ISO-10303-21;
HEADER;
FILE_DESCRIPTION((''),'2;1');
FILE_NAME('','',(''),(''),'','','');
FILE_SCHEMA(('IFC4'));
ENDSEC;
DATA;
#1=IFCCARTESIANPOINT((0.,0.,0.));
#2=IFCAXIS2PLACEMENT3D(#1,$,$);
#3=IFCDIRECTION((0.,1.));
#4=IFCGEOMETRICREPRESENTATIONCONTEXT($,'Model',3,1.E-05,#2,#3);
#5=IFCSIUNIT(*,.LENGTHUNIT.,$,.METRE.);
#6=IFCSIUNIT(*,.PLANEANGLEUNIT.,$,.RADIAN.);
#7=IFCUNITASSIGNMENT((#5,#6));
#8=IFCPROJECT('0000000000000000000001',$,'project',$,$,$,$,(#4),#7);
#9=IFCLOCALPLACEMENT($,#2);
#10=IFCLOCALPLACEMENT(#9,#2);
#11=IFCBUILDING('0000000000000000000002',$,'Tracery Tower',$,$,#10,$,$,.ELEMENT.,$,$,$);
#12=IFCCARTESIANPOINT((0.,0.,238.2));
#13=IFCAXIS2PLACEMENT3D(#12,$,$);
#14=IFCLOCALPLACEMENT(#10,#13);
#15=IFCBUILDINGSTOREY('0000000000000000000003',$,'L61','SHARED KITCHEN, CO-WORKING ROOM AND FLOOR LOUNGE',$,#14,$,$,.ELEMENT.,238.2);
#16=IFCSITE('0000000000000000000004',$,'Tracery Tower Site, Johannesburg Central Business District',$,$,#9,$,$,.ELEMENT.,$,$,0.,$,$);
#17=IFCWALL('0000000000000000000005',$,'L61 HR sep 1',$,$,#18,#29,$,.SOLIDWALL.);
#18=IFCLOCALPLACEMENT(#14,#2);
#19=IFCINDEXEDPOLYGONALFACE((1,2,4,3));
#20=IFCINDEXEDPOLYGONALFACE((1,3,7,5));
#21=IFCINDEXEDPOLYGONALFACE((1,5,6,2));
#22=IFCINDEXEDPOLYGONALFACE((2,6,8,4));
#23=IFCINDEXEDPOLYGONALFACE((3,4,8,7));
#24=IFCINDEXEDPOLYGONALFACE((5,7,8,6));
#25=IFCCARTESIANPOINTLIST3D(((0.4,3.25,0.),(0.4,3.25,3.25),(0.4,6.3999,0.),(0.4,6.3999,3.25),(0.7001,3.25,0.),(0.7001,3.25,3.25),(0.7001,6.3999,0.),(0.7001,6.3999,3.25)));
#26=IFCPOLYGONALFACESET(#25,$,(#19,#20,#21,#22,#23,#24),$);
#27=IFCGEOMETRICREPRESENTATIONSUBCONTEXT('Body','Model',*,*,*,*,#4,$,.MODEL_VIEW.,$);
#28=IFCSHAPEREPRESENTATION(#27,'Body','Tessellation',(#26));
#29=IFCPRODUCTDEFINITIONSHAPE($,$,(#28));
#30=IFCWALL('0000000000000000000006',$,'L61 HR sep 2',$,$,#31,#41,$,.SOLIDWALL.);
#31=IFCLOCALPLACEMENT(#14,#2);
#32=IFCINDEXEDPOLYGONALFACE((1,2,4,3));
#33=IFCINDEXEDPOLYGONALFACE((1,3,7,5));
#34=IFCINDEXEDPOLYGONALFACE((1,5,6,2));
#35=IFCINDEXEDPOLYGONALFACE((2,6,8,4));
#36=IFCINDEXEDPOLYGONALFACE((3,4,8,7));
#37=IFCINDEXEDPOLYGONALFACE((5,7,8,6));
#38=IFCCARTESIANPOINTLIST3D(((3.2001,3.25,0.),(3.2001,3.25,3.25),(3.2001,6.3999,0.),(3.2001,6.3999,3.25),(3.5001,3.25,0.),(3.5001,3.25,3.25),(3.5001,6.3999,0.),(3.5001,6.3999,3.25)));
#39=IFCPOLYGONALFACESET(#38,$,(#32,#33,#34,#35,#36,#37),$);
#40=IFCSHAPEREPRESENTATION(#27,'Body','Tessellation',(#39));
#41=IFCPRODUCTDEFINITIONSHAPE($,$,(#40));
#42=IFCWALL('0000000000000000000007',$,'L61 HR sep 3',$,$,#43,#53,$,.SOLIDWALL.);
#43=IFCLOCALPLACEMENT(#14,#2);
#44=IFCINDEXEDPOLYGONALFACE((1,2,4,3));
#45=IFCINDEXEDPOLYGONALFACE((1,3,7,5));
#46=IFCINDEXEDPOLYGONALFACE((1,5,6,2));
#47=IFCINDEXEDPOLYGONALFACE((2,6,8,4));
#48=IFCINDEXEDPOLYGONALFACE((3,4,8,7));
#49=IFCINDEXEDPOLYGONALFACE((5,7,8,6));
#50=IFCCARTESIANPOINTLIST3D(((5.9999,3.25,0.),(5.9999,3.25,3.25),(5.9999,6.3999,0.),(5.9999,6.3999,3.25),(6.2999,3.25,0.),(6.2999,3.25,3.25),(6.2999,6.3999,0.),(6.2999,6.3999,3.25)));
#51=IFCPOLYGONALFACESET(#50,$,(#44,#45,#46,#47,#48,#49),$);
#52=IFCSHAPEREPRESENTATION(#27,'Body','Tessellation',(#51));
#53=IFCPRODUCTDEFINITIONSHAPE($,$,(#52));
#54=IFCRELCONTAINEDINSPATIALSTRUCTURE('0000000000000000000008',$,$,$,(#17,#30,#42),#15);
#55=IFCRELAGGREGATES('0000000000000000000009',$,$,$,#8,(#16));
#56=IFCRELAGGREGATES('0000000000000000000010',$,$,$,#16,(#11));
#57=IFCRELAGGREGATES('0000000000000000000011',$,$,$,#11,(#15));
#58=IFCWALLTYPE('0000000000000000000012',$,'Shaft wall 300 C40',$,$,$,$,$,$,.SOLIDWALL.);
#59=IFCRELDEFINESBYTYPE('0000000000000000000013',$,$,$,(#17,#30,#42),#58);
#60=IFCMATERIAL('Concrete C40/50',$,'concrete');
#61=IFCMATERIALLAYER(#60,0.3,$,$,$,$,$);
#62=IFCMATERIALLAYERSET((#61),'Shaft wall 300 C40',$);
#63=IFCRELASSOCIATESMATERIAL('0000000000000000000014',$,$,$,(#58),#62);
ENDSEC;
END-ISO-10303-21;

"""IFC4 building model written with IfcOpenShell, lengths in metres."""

from ifc_helpers import new_model, si_unit, direction, frame, frame_2d, origin, place, context, subcontext, project, spatial, rectangle, extrude, material, layer, layer_set, type_object, element, save


model = new_model("IFC4")

# Units and contexts
model_context = context("Model", 3, precision=1e-05, world=origin(), true_north=direction((0.0, 1.0)))
body_context = subcontext(model_context, "Body", "Model", "MODEL_VIEW")
ifc_project = project(units=[si_unit("LENGTHUNIT", "METRE"), si_unit("PLANEANGLEUNIT", "RADIAN")], contexts=[model_context])

# Site, building, storey
site_placement = place(None, origin())
site = spatial("IfcSite", under=ifc_project, at=site_placement, Name="Tracery Tower Site, Johannesburg Central Business District", CompositionType="ELEMENT", RefElevation=0.0)
building_placement = place(site_placement, origin())
building = spatial("IfcBuilding", under=site, at=building_placement, Name="Tracery Tower", CompositionType="ELEMENT")
storey_placement = place(building_placement, frame((0.0, 0.0, 238.2)))
storey = spatial("IfcBuildingStorey", under=building, at=storey_placement, Name="L61", Description="SHARED KITCHEN, CO-WORKING ROOM AND FLOOR LOUNGE", CompositionType="ELEMENT", Elevation=238.2)

# Walls
ifc_material_1 = material(Name="Concrete C40/50", Category="concrete")
ifc_layer_1 = layer(ifc_material_1, 0.3)
ifc_layer_set_1 = layer_set([ifc_layer_1], Name="Shaft wall 300 C40")
wall_type_1 = type_object("IfcWallType", Name="Shaft wall 300 C40", PredefinedType="SOLIDWALL", material=ifc_layer_set_1)
for number, where, z_axis, x_axis, name in (
    (1, (0.55, 3.25, 0.0), (0.0, 0.0, 1.0), (0.0, 1.0, 0.0), "L61 HR sep 1"),
    (2, (3.3501, 3.25, 0.0), (0.0, 0.0, 1.0), (0.0, 1.0, 0.0), "L61 HR sep 2"),
    (3, (6.1499, 3.25, 0.0), (0.0, 0.0, 1.0), (0.0, 1.0, 0.0), "L61 HR sep 3"),
):
    element("IfcWall", number, at=place(storey_placement, frame(where, z_axis=z_axis, x_axis=x_axis)), inside=storey, type_object=wall_type_1, Name=name, PredefinedType="SOLIDWALL", context=body_context, shape_type="SweptSolid", body=[
        extrude(rectangle(XDim=3.1499, YDim=0.3, at=frame_2d((1.575, 0.0))), origin(), (0.0, 0.0, 1.0), 3.25),
    ])

save(model, "model.ifc")
